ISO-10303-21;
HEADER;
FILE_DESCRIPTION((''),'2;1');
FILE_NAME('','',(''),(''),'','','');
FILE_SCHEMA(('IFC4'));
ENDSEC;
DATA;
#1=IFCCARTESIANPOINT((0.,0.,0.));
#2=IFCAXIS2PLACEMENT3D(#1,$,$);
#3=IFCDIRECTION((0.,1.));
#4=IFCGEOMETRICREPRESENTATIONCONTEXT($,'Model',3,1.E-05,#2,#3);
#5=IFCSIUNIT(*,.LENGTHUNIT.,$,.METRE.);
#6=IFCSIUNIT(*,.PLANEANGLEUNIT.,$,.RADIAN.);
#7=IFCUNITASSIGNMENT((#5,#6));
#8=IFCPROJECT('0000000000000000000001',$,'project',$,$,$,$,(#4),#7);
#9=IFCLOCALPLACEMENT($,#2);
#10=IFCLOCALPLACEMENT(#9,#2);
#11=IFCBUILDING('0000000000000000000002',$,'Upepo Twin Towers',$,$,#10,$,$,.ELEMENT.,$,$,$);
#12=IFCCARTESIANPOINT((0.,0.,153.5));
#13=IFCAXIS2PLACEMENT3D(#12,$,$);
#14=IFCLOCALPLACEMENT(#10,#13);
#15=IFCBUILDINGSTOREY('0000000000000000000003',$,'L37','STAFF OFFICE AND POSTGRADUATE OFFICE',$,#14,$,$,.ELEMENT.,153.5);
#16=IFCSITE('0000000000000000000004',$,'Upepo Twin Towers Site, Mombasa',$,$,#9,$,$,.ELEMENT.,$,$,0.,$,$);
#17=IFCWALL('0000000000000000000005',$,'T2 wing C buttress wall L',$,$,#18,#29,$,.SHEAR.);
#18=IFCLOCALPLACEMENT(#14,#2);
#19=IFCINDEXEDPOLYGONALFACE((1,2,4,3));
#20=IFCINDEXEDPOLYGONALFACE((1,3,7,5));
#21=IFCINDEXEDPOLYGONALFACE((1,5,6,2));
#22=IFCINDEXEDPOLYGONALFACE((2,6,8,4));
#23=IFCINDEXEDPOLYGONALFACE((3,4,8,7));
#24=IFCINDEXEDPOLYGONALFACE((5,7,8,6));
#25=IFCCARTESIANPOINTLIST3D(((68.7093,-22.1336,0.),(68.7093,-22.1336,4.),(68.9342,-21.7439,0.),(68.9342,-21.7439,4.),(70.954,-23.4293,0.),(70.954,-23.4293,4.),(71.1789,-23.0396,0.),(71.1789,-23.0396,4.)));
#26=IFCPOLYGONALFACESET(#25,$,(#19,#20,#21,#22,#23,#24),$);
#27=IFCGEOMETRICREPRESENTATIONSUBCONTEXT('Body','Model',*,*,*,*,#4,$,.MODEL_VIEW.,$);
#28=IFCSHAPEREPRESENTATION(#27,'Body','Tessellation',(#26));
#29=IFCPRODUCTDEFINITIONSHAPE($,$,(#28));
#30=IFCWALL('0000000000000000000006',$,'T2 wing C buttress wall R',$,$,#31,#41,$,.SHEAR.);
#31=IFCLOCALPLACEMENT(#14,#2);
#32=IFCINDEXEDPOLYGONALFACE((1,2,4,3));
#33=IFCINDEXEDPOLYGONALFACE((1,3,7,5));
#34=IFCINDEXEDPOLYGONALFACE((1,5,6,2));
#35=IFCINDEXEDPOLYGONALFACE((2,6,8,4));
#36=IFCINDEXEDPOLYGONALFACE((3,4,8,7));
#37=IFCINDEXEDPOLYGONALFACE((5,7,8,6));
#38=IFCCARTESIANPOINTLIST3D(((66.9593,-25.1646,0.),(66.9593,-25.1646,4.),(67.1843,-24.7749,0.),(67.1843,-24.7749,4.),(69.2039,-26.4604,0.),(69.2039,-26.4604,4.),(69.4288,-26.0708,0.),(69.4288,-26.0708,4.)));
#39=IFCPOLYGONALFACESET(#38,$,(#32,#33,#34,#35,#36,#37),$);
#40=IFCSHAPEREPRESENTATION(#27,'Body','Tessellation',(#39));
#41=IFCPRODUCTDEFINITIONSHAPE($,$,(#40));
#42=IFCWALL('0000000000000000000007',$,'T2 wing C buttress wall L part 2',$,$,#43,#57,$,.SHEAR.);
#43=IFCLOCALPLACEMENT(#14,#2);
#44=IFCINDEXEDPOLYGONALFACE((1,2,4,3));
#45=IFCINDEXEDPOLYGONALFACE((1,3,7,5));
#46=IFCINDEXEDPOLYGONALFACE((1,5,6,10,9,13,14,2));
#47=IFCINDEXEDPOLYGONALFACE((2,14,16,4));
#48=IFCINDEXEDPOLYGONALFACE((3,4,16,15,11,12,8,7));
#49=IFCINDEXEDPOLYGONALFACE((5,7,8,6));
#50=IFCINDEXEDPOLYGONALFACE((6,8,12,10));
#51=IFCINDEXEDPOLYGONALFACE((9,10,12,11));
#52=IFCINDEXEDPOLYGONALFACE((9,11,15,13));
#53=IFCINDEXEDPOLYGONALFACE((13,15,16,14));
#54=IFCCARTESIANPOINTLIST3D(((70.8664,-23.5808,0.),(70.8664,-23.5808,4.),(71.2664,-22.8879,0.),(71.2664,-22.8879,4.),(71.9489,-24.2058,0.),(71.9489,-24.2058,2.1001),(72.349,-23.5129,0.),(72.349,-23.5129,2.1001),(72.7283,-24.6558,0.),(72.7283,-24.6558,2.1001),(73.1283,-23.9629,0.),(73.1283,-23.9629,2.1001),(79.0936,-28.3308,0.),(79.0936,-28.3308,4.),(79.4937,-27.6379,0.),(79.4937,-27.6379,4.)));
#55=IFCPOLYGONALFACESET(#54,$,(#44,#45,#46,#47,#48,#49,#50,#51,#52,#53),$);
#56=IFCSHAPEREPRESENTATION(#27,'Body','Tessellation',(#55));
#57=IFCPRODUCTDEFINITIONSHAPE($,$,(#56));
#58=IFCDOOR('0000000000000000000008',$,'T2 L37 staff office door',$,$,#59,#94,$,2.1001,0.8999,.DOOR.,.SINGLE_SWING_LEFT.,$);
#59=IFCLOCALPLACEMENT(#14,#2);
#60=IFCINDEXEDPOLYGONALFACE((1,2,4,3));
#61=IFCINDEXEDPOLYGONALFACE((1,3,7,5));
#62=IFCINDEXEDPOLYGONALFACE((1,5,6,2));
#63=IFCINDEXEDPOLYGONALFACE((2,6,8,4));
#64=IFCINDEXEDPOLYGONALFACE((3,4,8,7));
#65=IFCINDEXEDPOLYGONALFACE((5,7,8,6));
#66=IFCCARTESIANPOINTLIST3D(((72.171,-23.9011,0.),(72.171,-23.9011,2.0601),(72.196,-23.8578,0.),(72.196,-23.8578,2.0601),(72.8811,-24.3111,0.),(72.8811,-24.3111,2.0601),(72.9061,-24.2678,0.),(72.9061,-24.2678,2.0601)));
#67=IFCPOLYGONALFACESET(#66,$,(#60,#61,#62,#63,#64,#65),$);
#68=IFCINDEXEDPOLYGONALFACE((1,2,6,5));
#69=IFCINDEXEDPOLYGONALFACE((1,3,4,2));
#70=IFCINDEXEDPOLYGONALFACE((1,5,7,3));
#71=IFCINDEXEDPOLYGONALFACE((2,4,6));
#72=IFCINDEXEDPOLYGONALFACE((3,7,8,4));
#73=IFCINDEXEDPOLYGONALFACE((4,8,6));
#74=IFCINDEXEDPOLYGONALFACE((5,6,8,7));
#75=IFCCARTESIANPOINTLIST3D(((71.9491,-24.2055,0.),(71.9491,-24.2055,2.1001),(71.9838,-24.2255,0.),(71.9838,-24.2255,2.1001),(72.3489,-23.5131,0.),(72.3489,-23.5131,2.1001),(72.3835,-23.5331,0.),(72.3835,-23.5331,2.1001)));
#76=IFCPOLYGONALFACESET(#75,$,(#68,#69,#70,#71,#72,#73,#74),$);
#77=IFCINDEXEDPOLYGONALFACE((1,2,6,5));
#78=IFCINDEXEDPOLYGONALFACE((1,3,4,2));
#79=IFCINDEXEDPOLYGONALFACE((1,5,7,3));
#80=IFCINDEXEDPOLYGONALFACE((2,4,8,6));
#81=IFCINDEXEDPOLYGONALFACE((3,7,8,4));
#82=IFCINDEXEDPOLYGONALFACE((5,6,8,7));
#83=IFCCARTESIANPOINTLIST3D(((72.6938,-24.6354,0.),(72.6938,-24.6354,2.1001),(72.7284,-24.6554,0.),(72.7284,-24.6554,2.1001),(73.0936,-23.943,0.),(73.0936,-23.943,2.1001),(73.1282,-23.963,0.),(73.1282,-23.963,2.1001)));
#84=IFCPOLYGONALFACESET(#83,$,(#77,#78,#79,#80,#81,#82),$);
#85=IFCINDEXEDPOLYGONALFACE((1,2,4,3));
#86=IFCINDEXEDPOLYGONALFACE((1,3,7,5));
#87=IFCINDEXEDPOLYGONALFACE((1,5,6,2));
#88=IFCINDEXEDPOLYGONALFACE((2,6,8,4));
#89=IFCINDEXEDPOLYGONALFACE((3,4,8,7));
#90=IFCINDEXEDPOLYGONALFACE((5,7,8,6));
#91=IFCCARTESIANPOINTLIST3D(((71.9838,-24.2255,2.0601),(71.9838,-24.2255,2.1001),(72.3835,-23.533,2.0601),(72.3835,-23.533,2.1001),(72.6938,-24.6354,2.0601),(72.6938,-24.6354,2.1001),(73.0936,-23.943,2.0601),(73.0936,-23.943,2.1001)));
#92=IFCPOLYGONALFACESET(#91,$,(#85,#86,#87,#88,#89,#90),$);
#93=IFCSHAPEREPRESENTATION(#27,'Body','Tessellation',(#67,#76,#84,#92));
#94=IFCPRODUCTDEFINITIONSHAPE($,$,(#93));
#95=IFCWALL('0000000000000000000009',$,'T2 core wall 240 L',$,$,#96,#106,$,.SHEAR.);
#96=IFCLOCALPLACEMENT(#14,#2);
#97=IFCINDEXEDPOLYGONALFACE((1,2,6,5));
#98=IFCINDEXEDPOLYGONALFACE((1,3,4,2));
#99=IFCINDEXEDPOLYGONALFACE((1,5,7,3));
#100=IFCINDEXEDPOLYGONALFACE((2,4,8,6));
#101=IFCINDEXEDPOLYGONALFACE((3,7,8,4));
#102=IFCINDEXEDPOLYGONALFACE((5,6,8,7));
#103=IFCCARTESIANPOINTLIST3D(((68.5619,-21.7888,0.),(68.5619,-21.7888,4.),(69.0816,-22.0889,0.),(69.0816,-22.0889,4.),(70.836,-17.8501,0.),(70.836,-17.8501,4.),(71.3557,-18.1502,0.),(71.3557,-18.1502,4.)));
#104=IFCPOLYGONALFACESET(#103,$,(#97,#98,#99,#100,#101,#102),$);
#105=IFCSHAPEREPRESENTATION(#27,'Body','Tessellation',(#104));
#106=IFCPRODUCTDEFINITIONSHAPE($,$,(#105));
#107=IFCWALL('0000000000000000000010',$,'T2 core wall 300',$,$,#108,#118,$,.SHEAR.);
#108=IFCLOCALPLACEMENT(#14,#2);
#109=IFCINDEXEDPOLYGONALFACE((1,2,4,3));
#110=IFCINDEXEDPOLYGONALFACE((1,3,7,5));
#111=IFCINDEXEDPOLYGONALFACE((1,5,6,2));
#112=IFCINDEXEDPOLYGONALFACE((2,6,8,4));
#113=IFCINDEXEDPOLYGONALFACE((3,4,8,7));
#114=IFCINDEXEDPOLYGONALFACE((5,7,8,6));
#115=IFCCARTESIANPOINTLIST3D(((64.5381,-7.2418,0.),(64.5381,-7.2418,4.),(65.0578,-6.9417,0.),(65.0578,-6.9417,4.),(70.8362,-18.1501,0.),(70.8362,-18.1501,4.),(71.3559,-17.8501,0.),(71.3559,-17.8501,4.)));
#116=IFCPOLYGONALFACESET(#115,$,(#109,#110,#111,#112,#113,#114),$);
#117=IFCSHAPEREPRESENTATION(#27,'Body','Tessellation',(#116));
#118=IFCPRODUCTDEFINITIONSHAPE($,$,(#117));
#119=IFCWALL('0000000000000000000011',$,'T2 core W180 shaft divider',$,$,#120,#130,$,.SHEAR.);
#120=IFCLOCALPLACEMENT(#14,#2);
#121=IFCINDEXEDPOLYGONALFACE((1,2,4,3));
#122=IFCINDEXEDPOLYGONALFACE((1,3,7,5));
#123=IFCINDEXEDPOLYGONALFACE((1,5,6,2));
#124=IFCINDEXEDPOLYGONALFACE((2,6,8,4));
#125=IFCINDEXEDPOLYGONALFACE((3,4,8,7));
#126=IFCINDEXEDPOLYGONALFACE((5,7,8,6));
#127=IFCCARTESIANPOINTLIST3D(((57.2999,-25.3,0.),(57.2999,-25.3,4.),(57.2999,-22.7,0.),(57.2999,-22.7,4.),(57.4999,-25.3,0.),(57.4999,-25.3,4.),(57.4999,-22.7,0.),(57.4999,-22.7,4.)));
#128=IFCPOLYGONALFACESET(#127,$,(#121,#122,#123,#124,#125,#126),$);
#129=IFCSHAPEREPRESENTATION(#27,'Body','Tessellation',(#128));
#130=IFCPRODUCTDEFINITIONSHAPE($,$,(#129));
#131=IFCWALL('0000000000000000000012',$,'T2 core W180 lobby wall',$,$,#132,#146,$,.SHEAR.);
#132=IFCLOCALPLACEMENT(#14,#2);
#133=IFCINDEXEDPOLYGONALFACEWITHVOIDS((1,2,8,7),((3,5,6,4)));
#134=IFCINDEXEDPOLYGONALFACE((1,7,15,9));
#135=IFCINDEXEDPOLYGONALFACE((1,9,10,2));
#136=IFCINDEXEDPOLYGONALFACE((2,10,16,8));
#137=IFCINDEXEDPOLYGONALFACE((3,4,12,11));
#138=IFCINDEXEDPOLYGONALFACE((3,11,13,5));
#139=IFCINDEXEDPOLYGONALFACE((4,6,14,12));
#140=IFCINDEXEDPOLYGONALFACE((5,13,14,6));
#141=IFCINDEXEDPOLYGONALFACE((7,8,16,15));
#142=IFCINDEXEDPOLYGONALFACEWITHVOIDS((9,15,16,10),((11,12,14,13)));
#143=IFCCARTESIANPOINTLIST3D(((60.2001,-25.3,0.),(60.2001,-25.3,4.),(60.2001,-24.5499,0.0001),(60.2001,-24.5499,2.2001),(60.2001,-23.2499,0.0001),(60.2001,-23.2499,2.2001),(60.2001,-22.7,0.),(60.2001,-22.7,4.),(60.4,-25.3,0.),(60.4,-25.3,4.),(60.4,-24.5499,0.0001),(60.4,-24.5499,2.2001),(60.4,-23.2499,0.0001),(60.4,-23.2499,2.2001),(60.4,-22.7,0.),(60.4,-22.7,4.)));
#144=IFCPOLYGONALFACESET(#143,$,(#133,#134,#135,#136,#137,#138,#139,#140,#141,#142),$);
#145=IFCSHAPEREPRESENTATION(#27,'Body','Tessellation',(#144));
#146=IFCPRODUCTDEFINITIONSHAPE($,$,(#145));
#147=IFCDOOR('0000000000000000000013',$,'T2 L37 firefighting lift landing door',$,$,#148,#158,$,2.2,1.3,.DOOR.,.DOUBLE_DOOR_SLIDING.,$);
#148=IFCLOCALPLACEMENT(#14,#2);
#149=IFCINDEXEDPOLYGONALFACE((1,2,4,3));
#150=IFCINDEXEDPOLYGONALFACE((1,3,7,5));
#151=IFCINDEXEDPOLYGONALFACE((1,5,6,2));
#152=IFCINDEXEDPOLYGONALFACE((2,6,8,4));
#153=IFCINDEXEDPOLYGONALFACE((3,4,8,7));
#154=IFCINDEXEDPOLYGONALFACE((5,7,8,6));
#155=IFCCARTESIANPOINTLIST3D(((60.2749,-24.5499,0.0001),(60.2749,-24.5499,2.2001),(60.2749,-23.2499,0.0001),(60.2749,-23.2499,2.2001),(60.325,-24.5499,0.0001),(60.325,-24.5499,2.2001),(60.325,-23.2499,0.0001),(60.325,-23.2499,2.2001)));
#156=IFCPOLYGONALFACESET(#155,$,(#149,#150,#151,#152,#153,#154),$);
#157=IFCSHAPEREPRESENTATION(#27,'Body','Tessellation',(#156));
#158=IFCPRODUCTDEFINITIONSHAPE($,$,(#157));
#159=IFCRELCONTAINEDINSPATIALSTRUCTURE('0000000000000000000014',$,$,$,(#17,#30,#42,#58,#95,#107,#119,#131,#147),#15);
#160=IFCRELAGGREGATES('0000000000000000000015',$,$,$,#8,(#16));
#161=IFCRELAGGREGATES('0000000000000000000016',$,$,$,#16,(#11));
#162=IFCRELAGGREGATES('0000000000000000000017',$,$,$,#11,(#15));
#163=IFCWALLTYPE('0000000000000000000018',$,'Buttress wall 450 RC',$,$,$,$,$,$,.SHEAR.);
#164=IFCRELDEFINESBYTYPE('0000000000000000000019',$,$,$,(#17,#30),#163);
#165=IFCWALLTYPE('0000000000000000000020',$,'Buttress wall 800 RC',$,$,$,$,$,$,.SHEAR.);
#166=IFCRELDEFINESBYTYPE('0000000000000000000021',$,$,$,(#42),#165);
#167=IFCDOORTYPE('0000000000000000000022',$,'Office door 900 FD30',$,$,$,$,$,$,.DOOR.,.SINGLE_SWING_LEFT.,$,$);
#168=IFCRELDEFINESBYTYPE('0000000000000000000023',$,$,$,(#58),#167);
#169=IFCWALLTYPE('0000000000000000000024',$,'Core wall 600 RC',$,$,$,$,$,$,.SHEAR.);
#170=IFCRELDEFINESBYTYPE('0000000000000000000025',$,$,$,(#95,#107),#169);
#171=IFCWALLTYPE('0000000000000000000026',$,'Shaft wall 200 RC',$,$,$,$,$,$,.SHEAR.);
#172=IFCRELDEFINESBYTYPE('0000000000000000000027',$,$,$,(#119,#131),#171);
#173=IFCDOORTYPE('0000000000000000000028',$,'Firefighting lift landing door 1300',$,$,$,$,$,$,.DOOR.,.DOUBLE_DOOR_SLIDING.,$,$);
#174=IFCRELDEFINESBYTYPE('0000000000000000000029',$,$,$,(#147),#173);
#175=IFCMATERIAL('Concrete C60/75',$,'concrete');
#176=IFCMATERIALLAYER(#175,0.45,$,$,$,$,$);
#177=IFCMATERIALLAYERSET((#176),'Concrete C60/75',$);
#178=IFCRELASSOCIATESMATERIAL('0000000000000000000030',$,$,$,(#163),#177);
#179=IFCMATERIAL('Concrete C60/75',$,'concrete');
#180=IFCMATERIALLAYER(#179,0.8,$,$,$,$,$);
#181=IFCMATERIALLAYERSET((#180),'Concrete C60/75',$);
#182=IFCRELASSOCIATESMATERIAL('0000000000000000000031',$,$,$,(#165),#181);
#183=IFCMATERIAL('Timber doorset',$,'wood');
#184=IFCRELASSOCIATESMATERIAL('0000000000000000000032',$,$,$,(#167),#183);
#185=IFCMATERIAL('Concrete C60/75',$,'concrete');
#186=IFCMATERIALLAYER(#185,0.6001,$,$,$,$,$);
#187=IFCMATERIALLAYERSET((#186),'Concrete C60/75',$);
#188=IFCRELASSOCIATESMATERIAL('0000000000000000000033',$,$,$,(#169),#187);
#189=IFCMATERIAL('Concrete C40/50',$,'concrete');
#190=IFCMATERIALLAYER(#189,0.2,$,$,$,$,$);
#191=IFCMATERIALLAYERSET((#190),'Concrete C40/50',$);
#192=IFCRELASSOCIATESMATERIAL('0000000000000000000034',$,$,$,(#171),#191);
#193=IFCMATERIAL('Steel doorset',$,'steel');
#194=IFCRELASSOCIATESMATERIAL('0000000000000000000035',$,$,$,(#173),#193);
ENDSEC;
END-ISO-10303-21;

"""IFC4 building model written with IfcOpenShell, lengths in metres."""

from ifc_helpers import new_model, si_unit, direction, frame, frame_2d, origin, place, context, subcontext, project, spatial, rectangle, extrude, material, layer, layer_set, type_object, element, fill, save


model = new_model("IFC4")

# Units and contexts
model_context = context("Model", 3, precision=1e-05, world=origin(), true_north=direction((0.0, 1.0)))
body_context = subcontext(model_context, "Body", "Model", "MODEL_VIEW")
ifc_project = project(units=[si_unit("LENGTHUNIT", "METRE"), si_unit("PLANEANGLEUNIT", "RADIAN")], contexts=[model_context])

# Site, building, storey
site_placement = place(None, origin())
site = spatial("IfcSite", under=ifc_project, at=site_placement, Name="Upepo Twin Towers Site, Mombasa", CompositionType="ELEMENT", RefElevation=0.0)
building_placement = place(site_placement, origin())
building = spatial("IfcBuilding", under=site, at=building_placement, Name="Upepo Twin Towers", CompositionType="ELEMENT")
storey_placement = place(building_placement, frame((0.0, 0.0, 153.5)))
storey = spatial("IfcBuildingStorey", under=building, at=storey_placement, Name="L37", Description="STAFF OFFICE AND POSTGRADUATE OFFICE", CompositionType="ELEMENT", Elevation=153.5)

# Walls
ifc_material_1 = material(Name="Concrete C60/75", Category="concrete")
ifc_layer_1 = layer(ifc_material_1, 0.45)
ifc_layer_set_1 = layer_set([ifc_layer_1], Name="Concrete C60/75")
wall_type_1 = type_object("IfcWallType", Name="Buttress wall 450 RC", PredefinedType="SHEAR", material=ifc_layer_set_1)
for number, where, z_axis, x_axis, name in (
    (1, (68.8218, -21.9387, 0.0), (0.0, 0.0, 1.0), (0.866073, -0.499918, 0.0), "T2 wing C buttress wall L"),
    (2, (67.0718, -24.9697, 0.0), (0.0, 0.0, 1.0), (0.866032, -0.499989, 0.0), "T2 wing C buttress wall R"),
):
    element("IfcWall", number, at=place(storey_placement, frame(where, z_axis=z_axis, x_axis=x_axis)), inside=storey, type_object=wall_type_1, Name=name, PredefinedType="SHEAR", context=body_context, shape_type="SweptSolid", body=[
        extrude(rectangle(XDim=2.5918, YDim=0.45, at=frame_2d((1.2959, 0.0))), origin(), (0.0, 0.0, 1.0), 4.0),
    ])

# Wall, opening, door
ifc_material_2 = material(Name="Concrete C60/75", Category="concrete")
ifc_layer_2 = layer(ifc_material_2, 0.8)
ifc_layer_set_2 = layer_set([ifc_layer_2], Name="Concrete C60/75")
wall_type_2 = type_object("IfcWallType", Name="Buttress wall 800 RC", PredefinedType="SHEAR", material=ifc_layer_set_2)
wall_1_placement = place(storey_placement, frame((71.0664, -23.2344, 0.0), z_axis=(0.0, 0.0, 1.0), x_axis=(0.866027, -0.499998, 0.0)))
wall_1 = element("IfcWall", 3, at=wall_1_placement, inside=storey, type_object=wall_type_2, Name="T2 wing C buttress wall L part 2", PredefinedType="SHEAR", context=body_context, shape_type="SweptSolid", body=[
    extrude(rectangle(XDim=9.5, YDim=0.8, at=frame_2d((4.75, 0.0))), origin(), (0.0, 0.0, 1.0), 4.0),
])
opening_1_placement = place(wall_1_placement, frame((1.25, 0.0, 0.0)))
opening_1 = element("IfcOpeningElement", 4, at=opening_1_placement, cuts=wall_1, PredefinedType="OPENING", context=body_context, shape_type="SweptSolid", body=[
    extrude(rectangle(XDim=0.8999, YDim=2.1001, at=frame_2d((0.45, 1.05))), frame((0.0, 0.4099, 0.0), z_axis=(0.0, -1.0, 0.0), x_axis=(1.0, 0.0, 0.0)), (0.0, 0.0, 1.0), 0.8201),
])
ifc_material_3 = material(Name="Timber doorset", Category="wood")
door_type_1 = type_object("IfcDoorType", Name="Office door 900 FD30", OperationType="SINGLE_SWING_LEFT", PredefinedType="DOOR", material=ifc_material_3)
door_1_placement = place(opening_1_placement, origin())
door_1 = element("IfcDoor", 5, at=door_1_placement, inside=storey, type_object=door_type_1, Name="T2 L37 staff office door", OperationType="SINGLE_SWING_LEFT", OverallHeight=2.1001, OverallWidth=0.8999, PredefinedType="DOOR", context=body_context, shape_type="SweptSolid", body=[
    extrude(rectangle(XDim=0.8199, YDim=2.0601, at=frame_2d((0.45, 1.03))), frame((0.0, 0.0249, 0.0), z_axis=(0.0, -1.0, 0.0), x_axis=(1.0, 0.0, 0.0)), (0.0, 0.0, 1.0), 0.05),
    extrude(rectangle(XDim=0.04, YDim=2.1001, at=frame_2d((0.02, 1.05))), frame((0.0, 0.3999, 0.0), z_axis=(0.0, -1.0, 0.0), x_axis=(1.0, 0.0, 0.0)), (0.0, 0.0, 1.0), 0.7996),
    extrude(rectangle(XDim=0.04, YDim=2.1001, at=frame_2d((0.8799, 1.05))), frame((0.0, 0.3999, 0.0), z_axis=(0.0, -1.0, 0.0), x_axis=(1.0, 0.0, 0.0)), (0.0, 0.0, 1.0), 0.7996),
    extrude(rectangle(XDim=0.8199, YDim=0.04, at=frame_2d((0.45, 2.0801))), frame((0.0, 0.3999, 0.0), z_axis=(0.0, -1.0, 0.0), x_axis=(1.0, 0.0, 0.0)), (0.0, 0.0, 1.0), 0.7996),
])
fill(opening_1, door_1)

# Walls
ifc_material_4 = material(Name="Concrete C60/75", Category="concrete")
ifc_layer_3 = layer(ifc_material_4, 0.6001)
ifc_layer_set_3 = layer_set([ifc_layer_3], Name="Concrete C60/75")
wall_type_3 = type_object("IfcWallType", Name="Core wall 600 RC", PredefinedType="SHEAR", material=ifc_layer_set_3)
wall_2_placement = place(storey_placement, frame((68.8218, -21.9387, 0.0), z_axis=(0.0, 0.0, 1.0), x_axis=(0.500024, 0.866011, 0.0)))
element("IfcWall", 6, at=wall_2_placement, inside=storey, type_object=wall_type_3, Name="T2 core wall 240 L", PredefinedType="SHEAR", context=body_context, shape_type="SweptSolid", body=[
    extrude(rectangle(XDim=4.5481, YDim=0.6001, at=frame_2d((2.2739, 0.0))), origin(), (0.0, 0.0, 1.0), 4.0),
])
wall_3_placement = place(storey_placement, frame((71.0959, -18.0, 0.0), z_axis=(0.0, 0.0, 1.0), x_axis=(-0.500006, 0.866022, 0.0)))
element("IfcWall", 7, at=wall_3_placement, inside=storey, type_object=wall_type_3, Name="T2 core wall 300", PredefinedType="SHEAR", context=body_context, shape_type="SweptSolid", body=[
    extrude(rectangle(XDim=12.5959, YDim=0.6001, at=frame_2d((6.2979, 0.0))), origin(), (0.0, 0.0, 1.0), 4.0),
])
ifc_material_5 = material(Name="Concrete C40/50", Category="concrete")
ifc_layer_4 = layer(ifc_material_5, 0.2)
ifc_layer_set_4 = layer_set([ifc_layer_4], Name="Concrete C40/50")
wall_type_4 = type_object("IfcWallType", Name="Shaft wall 200 RC", PredefinedType="SHEAR", material=ifc_layer_set_4)
wall_4_placement = place(storey_placement, frame((57.3999, -22.7, 0.0), z_axis=(0.0, 0.0, 1.0), x_axis=(0.0, -1.0, 0.0)))
element("IfcWall", 8, at=wall_4_placement, inside=storey, type_object=wall_type_4, Name="T2 core W180 shaft divider", PredefinedType="SHEAR", context=body_context, shape_type="SweptSolid", body=[
    extrude(rectangle(XDim=2.6001, YDim=0.2, at=frame_2d((1.3, 0.0))), origin(), (0.0, 0.0, 1.0), 4.0),
])

# Wall, opening, door
wall_5_placement = place(storey_placement, frame((60.3, -22.7, 0.0), z_axis=(0.0, 0.0, 1.0), x_axis=(0.0, -1.0, 0.0)))
wall_5 = element("IfcWall", 9, at=wall_5_placement, inside=storey, type_object=wall_type_4, Name="T2 core W180 lobby wall", PredefinedType="SHEAR", context=body_context, shape_type="SweptSolid", body=[
    extrude(rectangle(XDim=2.6001, YDim=0.2, at=frame_2d((1.3, 0.0))), origin(), (0.0, 0.0, 1.0), 4.0),
])
opening_2_placement = place(wall_5_placement, frame((0.55, 0.0, 0.0)))
opening_2 = element("IfcOpeningElement", 10, at=opening_2_placement, cuts=wall_5, PredefinedType="OPENING", context=body_context, shape_type="SweptSolid", body=[
    extrude(rectangle(XDim=1.3, YDim=2.2, at=frame_2d((0.6499, 1.1001))), frame((0.0, 0.1099, 0.0), z_axis=(0.0, -1.0, 0.0), x_axis=(1.0, 0.0, 0.0)), (0.0, 0.0, 1.0), 0.22),
])
ifc_material_6 = material(Name="Steel doorset", Category="steel")
door_type_2 = type_object("IfcDoorType", Name="Firefighting lift landing door 1300", OperationType="DOUBLE_DOOR_SLIDING", PredefinedType="DOOR", material=ifc_material_6)
door_2_placement = place(opening_2_placement, origin())
door_2 = element("IfcDoor", 11, at=door_2_placement, inside=storey, type_object=door_type_2, Name="T2 L37 firefighting lift landing door", OperationType="DOUBLE_DOOR_SLIDING", OverallHeight=2.2, OverallWidth=1.3, PredefinedType="DOOR", context=body_context, shape_type="SweptSolid", body=[
    extrude(rectangle(XDim=1.3, YDim=2.2, at=frame_2d((0.6499, 1.1001))), frame((0.0, 0.0249, 0.0), z_axis=(0.0, -1.0, 0.0), x_axis=(1.0, 0.0, 0.0)), (0.0, 0.0, 1.0), 0.05),
])
fill(opening_2, door_2)

save(model, "model.ifc")
